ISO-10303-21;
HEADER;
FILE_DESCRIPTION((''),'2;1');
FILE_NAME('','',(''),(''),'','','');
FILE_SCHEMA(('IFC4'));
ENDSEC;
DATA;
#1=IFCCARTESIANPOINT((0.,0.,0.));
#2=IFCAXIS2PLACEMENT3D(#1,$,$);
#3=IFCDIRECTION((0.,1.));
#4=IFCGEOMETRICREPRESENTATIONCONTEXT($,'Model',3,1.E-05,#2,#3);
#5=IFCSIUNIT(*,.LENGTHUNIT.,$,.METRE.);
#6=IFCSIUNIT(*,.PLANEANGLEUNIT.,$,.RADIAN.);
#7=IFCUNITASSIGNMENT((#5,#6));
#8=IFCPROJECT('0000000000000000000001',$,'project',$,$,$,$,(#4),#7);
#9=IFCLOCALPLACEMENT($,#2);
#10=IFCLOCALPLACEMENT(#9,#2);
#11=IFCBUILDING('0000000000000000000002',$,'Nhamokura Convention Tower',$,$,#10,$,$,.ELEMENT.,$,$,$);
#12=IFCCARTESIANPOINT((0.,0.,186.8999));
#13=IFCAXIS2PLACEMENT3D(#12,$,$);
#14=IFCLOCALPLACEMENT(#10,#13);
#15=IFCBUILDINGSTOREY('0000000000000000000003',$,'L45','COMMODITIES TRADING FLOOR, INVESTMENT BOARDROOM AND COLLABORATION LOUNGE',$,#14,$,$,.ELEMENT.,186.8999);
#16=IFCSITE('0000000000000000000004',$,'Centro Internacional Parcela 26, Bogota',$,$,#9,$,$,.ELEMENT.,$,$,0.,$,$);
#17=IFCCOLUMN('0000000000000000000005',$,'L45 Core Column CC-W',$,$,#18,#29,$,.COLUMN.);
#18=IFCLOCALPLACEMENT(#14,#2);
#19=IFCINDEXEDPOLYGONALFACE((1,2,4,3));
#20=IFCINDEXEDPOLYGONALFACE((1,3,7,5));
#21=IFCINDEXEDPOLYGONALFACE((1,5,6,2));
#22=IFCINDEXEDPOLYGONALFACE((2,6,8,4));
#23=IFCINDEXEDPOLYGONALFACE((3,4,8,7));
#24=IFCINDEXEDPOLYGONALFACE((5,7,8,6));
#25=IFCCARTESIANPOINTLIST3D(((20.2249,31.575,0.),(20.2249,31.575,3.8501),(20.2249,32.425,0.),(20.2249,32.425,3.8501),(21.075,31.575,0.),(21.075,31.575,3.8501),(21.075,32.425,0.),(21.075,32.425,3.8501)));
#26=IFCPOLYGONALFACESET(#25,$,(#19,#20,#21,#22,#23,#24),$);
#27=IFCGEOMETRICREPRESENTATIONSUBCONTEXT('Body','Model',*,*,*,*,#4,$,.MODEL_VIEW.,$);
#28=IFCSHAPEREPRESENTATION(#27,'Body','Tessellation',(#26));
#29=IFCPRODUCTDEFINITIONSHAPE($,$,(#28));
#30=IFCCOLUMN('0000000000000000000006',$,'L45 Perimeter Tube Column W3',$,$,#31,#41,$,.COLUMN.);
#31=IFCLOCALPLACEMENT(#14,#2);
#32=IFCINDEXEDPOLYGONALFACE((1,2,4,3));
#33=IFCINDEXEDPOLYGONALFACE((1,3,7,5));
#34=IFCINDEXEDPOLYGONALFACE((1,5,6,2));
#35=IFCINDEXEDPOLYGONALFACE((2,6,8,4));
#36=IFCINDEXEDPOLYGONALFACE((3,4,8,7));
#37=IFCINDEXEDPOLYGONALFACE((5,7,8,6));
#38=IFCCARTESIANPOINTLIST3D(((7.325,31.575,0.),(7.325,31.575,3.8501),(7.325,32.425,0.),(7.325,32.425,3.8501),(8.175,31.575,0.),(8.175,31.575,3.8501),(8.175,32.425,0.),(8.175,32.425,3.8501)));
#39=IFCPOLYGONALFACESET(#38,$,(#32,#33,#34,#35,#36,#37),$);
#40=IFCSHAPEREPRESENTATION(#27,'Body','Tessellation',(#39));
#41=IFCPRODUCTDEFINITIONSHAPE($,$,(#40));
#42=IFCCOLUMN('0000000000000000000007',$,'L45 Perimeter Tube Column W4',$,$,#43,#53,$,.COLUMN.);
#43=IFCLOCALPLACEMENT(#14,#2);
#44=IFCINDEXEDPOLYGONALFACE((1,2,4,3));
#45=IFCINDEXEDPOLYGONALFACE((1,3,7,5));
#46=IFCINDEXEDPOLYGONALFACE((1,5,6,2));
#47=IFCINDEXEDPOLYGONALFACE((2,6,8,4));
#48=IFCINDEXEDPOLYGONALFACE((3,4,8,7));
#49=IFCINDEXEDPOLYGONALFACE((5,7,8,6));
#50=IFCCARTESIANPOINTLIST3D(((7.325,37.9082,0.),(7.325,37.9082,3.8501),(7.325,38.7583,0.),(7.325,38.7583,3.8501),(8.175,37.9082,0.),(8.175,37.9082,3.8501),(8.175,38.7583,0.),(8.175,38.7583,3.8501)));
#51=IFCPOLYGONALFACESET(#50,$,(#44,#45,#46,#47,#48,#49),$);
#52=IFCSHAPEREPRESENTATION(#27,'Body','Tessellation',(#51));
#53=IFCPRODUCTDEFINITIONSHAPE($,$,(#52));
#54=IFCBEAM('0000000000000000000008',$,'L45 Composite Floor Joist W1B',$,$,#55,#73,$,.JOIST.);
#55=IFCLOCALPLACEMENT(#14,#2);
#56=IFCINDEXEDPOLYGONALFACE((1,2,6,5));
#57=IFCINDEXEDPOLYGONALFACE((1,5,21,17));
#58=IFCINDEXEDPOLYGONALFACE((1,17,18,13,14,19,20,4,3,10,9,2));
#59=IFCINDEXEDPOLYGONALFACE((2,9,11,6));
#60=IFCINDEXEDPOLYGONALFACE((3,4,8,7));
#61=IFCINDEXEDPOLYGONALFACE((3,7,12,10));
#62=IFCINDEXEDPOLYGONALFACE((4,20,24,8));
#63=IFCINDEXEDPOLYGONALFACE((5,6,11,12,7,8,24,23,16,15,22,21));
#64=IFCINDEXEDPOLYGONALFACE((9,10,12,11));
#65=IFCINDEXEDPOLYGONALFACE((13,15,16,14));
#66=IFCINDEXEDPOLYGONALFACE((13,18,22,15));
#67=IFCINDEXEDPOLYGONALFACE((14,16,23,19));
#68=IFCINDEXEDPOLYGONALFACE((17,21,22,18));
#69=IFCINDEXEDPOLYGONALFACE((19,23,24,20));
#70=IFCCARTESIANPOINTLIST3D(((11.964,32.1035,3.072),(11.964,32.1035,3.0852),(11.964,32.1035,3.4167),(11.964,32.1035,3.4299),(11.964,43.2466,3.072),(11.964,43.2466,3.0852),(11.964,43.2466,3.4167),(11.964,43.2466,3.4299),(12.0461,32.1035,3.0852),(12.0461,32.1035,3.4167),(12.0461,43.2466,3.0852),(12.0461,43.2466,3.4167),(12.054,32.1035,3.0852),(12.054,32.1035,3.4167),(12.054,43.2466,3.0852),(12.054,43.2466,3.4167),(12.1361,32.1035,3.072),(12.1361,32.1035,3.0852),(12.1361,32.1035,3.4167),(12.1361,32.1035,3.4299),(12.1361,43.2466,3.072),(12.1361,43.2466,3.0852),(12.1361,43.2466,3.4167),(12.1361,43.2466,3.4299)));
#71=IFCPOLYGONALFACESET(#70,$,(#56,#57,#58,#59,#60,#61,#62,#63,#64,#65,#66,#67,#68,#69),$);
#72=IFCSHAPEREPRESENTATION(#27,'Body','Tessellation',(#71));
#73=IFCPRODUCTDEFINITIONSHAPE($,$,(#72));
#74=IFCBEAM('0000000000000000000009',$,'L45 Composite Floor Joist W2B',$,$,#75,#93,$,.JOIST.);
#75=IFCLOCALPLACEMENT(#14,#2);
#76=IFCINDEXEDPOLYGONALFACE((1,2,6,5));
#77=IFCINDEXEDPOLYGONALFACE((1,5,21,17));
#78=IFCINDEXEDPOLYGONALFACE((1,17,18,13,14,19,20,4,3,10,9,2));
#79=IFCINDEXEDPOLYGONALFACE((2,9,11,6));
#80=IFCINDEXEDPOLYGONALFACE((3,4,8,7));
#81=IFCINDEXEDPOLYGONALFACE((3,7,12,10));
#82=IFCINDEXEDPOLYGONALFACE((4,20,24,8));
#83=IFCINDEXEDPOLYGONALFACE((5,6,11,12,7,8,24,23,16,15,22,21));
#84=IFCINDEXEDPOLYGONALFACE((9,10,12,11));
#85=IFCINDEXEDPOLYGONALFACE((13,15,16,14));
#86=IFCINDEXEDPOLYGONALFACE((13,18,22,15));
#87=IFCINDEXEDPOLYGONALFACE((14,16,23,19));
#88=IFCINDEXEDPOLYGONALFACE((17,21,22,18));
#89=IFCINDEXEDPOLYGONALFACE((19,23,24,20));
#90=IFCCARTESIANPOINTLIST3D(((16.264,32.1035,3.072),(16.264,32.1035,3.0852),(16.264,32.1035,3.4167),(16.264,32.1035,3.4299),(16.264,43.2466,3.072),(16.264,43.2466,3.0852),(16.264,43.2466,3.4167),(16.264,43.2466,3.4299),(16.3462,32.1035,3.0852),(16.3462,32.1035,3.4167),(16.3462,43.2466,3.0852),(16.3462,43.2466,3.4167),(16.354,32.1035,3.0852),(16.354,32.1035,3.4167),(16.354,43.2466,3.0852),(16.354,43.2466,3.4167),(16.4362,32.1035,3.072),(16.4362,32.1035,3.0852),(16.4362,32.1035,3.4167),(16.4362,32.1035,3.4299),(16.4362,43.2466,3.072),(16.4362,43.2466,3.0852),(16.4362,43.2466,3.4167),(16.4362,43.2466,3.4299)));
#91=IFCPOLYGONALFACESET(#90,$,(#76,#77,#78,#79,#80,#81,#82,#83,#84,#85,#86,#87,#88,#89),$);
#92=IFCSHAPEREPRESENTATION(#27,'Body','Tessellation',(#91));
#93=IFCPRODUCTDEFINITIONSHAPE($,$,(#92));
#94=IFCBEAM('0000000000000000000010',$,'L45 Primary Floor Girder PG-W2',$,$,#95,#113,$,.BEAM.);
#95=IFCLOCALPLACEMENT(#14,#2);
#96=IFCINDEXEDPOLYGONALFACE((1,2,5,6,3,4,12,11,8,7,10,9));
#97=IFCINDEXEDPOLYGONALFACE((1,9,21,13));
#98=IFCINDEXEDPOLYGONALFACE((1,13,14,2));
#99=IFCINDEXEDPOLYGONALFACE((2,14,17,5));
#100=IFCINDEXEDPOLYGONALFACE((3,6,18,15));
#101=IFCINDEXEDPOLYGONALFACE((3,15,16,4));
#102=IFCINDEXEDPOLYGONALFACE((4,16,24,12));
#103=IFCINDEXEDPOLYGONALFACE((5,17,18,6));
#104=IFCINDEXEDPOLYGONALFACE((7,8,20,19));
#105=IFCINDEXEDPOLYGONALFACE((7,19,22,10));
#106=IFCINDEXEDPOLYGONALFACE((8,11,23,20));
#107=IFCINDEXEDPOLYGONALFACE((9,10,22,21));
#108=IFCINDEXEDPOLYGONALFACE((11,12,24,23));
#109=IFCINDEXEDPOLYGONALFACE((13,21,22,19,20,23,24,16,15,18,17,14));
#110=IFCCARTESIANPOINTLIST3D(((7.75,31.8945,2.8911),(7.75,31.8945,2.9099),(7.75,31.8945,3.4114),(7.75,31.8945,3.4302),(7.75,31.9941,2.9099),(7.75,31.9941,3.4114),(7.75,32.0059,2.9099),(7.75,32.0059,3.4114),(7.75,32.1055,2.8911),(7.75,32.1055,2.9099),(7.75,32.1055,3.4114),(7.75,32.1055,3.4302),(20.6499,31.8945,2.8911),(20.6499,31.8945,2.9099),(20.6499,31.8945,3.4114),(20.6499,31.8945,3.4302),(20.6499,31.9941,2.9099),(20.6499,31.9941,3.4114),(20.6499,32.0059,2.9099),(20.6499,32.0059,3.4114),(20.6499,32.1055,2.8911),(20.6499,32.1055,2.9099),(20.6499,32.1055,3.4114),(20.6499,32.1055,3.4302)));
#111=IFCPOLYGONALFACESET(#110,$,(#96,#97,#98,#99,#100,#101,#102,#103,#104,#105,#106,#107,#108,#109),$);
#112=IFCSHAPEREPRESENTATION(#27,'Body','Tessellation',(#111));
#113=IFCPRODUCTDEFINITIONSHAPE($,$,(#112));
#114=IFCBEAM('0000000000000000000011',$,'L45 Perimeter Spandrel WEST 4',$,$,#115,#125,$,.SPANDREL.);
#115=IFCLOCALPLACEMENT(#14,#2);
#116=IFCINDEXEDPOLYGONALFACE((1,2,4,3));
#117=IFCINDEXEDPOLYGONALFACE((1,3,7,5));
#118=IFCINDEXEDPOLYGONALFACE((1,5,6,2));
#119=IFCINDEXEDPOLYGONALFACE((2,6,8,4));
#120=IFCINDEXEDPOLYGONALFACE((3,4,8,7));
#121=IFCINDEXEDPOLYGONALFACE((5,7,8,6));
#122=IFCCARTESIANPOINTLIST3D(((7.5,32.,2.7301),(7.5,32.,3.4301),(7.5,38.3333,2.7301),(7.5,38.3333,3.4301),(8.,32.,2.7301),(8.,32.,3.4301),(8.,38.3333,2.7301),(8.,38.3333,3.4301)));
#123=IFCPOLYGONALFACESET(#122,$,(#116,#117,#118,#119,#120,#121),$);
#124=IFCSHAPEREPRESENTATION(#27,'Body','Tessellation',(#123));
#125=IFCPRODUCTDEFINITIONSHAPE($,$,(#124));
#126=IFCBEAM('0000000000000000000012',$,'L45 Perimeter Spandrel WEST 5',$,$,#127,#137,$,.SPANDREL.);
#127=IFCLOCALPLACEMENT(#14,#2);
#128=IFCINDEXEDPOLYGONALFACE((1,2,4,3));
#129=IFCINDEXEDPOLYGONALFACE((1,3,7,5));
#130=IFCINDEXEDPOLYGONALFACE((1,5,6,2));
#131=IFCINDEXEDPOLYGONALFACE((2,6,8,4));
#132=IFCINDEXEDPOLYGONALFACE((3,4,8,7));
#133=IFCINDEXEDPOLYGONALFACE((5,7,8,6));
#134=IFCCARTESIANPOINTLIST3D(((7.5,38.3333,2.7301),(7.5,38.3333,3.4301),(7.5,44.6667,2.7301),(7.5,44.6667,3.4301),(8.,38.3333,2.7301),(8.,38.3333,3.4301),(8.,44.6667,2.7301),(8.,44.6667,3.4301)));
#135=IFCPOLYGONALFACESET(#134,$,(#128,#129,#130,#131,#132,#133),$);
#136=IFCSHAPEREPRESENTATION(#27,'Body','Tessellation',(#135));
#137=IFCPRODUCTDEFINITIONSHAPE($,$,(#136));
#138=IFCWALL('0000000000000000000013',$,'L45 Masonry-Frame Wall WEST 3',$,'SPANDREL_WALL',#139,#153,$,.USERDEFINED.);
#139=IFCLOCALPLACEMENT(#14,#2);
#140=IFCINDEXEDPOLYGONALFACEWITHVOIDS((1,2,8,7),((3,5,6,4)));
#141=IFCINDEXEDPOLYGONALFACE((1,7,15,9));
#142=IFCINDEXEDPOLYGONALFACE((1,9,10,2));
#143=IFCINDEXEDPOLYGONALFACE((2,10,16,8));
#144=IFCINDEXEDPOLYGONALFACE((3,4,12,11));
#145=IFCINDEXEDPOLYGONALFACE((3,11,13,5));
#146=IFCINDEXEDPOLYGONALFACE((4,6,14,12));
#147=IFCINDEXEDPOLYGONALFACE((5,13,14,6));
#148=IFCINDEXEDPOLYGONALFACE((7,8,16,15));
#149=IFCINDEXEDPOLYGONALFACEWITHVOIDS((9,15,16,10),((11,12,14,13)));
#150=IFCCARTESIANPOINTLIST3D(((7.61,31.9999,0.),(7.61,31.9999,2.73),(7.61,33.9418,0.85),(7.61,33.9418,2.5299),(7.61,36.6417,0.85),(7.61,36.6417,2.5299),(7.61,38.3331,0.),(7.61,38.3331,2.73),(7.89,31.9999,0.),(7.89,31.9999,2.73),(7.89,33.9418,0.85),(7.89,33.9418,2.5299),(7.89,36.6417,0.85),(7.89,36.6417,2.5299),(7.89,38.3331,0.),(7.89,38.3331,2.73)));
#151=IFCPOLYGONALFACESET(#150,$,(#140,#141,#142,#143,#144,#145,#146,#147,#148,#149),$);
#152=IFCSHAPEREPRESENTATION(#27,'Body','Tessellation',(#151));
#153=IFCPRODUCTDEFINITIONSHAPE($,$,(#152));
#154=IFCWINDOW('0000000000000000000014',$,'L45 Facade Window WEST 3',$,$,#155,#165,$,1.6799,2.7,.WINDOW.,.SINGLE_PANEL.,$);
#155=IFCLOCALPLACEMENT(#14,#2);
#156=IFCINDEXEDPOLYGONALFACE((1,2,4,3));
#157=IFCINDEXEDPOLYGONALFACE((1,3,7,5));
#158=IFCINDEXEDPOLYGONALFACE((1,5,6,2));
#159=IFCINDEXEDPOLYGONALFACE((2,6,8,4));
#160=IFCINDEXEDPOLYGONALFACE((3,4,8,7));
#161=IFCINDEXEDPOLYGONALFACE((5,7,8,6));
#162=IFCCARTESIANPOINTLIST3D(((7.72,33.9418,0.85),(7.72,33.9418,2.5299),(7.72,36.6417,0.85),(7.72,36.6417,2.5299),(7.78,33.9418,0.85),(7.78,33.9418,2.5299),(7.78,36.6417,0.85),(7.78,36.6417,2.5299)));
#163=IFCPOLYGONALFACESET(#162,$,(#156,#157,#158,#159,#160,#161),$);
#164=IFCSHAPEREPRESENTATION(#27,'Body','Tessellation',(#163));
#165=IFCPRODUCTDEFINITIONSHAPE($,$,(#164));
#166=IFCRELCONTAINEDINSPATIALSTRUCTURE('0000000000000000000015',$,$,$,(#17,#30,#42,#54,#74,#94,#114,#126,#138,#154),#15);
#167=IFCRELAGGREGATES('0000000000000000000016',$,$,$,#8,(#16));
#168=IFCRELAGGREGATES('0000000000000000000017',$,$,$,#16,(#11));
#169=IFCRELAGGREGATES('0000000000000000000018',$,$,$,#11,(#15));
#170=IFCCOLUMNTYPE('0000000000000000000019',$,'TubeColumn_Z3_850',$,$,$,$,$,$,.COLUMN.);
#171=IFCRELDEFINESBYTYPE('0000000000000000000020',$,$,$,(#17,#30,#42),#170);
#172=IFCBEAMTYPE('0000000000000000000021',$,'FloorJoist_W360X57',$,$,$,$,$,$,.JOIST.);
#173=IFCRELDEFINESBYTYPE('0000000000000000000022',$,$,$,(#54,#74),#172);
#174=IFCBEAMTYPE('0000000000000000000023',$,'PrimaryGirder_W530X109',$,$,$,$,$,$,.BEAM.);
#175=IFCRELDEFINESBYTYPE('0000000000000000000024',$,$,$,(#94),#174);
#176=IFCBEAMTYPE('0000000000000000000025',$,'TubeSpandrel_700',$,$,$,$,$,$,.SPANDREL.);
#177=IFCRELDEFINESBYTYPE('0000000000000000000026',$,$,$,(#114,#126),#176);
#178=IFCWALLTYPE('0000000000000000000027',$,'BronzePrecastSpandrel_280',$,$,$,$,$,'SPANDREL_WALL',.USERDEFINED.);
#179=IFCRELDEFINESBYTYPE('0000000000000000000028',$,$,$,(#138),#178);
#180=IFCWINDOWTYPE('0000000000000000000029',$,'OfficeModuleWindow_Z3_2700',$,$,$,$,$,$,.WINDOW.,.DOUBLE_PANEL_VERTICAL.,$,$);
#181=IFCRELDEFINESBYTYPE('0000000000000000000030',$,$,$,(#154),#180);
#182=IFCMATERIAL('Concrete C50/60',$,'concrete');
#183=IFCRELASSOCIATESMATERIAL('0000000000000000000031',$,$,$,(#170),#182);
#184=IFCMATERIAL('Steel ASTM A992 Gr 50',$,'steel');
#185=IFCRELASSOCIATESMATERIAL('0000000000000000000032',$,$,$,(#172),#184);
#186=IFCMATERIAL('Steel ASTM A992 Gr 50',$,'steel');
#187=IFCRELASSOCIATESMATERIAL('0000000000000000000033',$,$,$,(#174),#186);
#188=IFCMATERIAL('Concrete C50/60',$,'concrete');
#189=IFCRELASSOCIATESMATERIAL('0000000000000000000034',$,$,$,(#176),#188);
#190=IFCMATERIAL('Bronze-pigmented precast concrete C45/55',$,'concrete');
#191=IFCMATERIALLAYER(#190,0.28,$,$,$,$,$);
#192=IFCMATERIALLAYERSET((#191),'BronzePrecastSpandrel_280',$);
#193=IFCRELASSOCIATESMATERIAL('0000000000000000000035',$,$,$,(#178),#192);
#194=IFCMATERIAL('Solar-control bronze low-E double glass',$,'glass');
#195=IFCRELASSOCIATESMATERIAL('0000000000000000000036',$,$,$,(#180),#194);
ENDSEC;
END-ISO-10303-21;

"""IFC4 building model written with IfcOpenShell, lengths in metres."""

from ifc_helpers import new_model, si_unit, direction, frame, frame_2d, origin, origin_2d, place, context, subcontext, project, spatial, rectangle, i_section, extrude, material, layer, layer_set, material_profile, profile_set, type_object, element, fill, save


model = new_model("IFC4")

# Units and contexts
model_context = context("Model", 3, precision=1e-05, world=origin(), true_north=direction((0.0, 1.0)))
body_context = subcontext(model_context, "Body", "Model", "MODEL_VIEW")
ifc_project = project(units=[si_unit("LENGTHUNIT", "METRE"), si_unit("PLANEANGLEUNIT", "RADIAN")], contexts=[model_context])

# Site, building, storey
site_placement = place(None, origin())
site = spatial("IfcSite", under=ifc_project, at=site_placement, Name="Centro Internacional Parcela 26, Bogota", CompositionType="ELEMENT", RefElevation=0.0)
building_placement = place(site_placement, origin())
building = spatial("IfcBuilding", under=site, at=building_placement, Name="Nhamokura Convention Tower", CompositionType="ELEMENT")
storey_placement = place(building_placement, frame((0.0, 0.0, 186.8999)))
storey = spatial("IfcBuildingStorey", under=building, at=storey_placement, Name="L45", Description="COMMODITIES TRADING FLOOR, INVESTMENT BOARDROOM AND COLLABORATION LOUNGE", CompositionType="ELEMENT", Elevation=186.8999)

# Columns
ifc_material_1 = material(Name="Concrete C50/60", Category="concrete")
ifc_material_profile_1 = material_profile(ifc_material_1, rectangle(XDim=0.8501, YDim=0.8501, at=origin_2d()))
ifc_profile_set_1 = profile_set([ifc_material_profile_1], Name="Concrete C50/60")
column_type = type_object("IfcColumnType", Name="TubeColumn_Z3_850", PredefinedType="COLUMN", material=ifc_profile_set_1)
for number, where, z_axis, x_axis, name in (
    (1, (20.6499, 32.0, 0.0), (0.0, 0.0, 1.0), (1.0, 0.0, 0.0), "L45 Core Column CC-W"),
    (2, (7.75, 32.0, 0.0), (0.0, 0.0, 1.0), (1.0, 0.0, 0.0), "L45 Perimeter Tube Column W3"),
    (3, (7.75, 38.3333, 0.0), (0.0, 0.0, 1.0), (1.0, 0.0, 0.0), "L45 Perimeter Tube Column W4"),
):
    element("IfcColumn", number, at=place(storey_placement, frame(where, z_axis=z_axis, x_axis=x_axis)), inside=storey, type_object=column_type, Name=name, PredefinedType="COLUMN", context=body_context, shape_type="SweptSolid", body=[
        extrude(rectangle(XDim=0.8501, YDim=0.8501, at=origin_2d()), origin(), (0.0, 0.0, 1.0), 3.8501),
    ])

# Beams
ifc_material_2 = material(Name="Steel ASTM A992 Gr 50", Category="steel")
ifc_material_profile_2 = material_profile(ifc_material_2, i_section(OverallWidth=0.1721, OverallDepth=0.3579, WebThickness=0.0078, FlangeThickness=0.0132, at=origin_2d()))
ifc_profile_set_2 = profile_set([ifc_material_profile_2], Name="Steel ASTM A992 Gr 50")
beam_type_1 = type_object("IfcBeamType", Name="FloorJoist_W360X57", PredefinedType="JOIST", material=ifc_profile_set_2)
for number, where, z_axis, x_axis, name in (
    (4, (12.05, 32.1035, 3.251), (0.0, 1.0, 0.0), (-1.0, 0.0, 0.0), "L45 Composite Floor Joist W1B"),
    (5, (16.3501, 32.1035, 3.251), (0.0, 1.0, 0.0), (-1.0, 0.0, 0.0), "L45 Composite Floor Joist W2B"),
):
    element("IfcBeam", number, at=place(storey_placement, frame(where, z_axis=z_axis, x_axis=x_axis)), inside=storey, type_object=beam_type_1, Name=name, PredefinedType="JOIST", context=body_context, shape_type="SweptSolid", body=[
        extrude(i_section(OverallWidth=0.1721, OverallDepth=0.3579, WebThickness=0.0078, FlangeThickness=0.0132, at=origin_2d()), origin(), (0.0, 0.0, 1.0), 11.1431),
    ])
ifc_material_3 = material(Name="Steel ASTM A992 Gr 50", Category="steel")
ifc_material_profile_3 = material_profile(ifc_material_3, i_section(OverallWidth=0.2109, OverallDepth=0.5391, WebThickness=0.0117, FlangeThickness=0.0188, at=origin_2d()))
ifc_profile_set_3 = profile_set([ifc_material_profile_3], Name="Steel ASTM A992 Gr 50")
beam_type_2 = type_object("IfcBeamType", Name="PrimaryGirder_W530X109", PredefinedType="BEAM", material=ifc_profile_set_3)
beam_1_placement = place(storey_placement, frame((7.75, 32.0, 3.1606), z_axis=(1.0, 0.0, 0.0), x_axis=(0.0, 1.0, 0.0)))
element("IfcBeam", 6, at=beam_1_placement, inside=storey, type_object=beam_type_2, Name="L45 Primary Floor Girder PG-W2", PredefinedType="BEAM", context=body_context, shape_type="SweptSolid", body=[
    extrude(i_section(OverallWidth=0.2109, OverallDepth=0.5391, WebThickness=0.0117, FlangeThickness=0.0188, at=origin_2d()), origin(), (0.0, 0.0, 1.0), 12.8999),
])
ifc_material_4 = material(Name="Concrete C50/60", Category="concrete")
ifc_material_profile_4 = material_profile(ifc_material_4, rectangle(XDim=0.5, YDim=0.7, at=origin_2d()))
ifc_profile_set_4 = profile_set([ifc_material_profile_4], Name="Concrete C50/60")
beam_type_3 = type_object("IfcBeamType", Name="TubeSpandrel_700", PredefinedType="SPANDREL", material=ifc_profile_set_4)
beam_2_placement = place(storey_placement, frame((7.75, 32.0, 3.0801), z_axis=(0.0, 1.0, 0.0), x_axis=(-1.0, 0.0, 0.0)))
element("IfcBeam", 7, at=beam_2_placement, inside=storey, type_object=beam_type_3, Name="L45 Perimeter Spandrel WEST 4", PredefinedType="SPANDREL", context=body_context, shape_type="SweptSolid", body=[
    extrude(rectangle(XDim=0.5, YDim=0.7, at=origin_2d()), origin(), (0.0, 0.0, 1.0), 6.3333),
])
beam_3_placement = place(storey_placement, frame((7.75, 38.3333, 3.0801), z_axis=(0.0, 1.0, 0.0), x_axis=(-1.0, 0.0, 0.0)))
element("IfcBeam", 8, at=beam_3_placement, inside=storey, type_object=beam_type_3, Name="L45 Perimeter Spandrel WEST 5", PredefinedType="SPANDREL", context=body_context, shape_type="SweptSolid", body=[
    extrude(rectangle(XDim=0.5, YDim=0.7, at=origin_2d()), origin(), (0.0, 0.0, 1.0), 6.3335),
])

# Wall, opening, window
ifc_material_5 = material(Name="Bronze-pigmented precast concrete C45/55", Category="concrete")
ifc_layer_1 = layer(ifc_material_5, 0.28)
ifc_layer_set_1 = layer_set([ifc_layer_1], Name="BronzePrecastSpandrel_280")
wall_type_1 = type_object("IfcWallType", Name="BronzePrecastSpandrel_280", ElementType="SPANDREL_WALL", PredefinedType="USERDEFINED", material=ifc_layer_set_1)
wall_1_placement = place(storey_placement, frame((7.75, 32.0, 0.0), z_axis=(0.0, 0.0, 1.0), x_axis=(0.0, 1.0, 0.0)))
wall_1 = element("IfcWall", 9, at=wall_1_placement, inside=storey, type_object=wall_type_1, Name="L45 Masonry-Frame Wall WEST 3", ObjectType="SPANDREL_WALL", PredefinedType="USERDEFINED", context=body_context, shape_type="SweptSolid", body=[
    extrude(rectangle(XDim=6.3333, YDim=0.28, at=frame_2d((3.1665, 0.0))), origin(), (0.0, 0.0, 1.0), 2.73),
])
opening_1_placement = place(wall_1_placement, frame((1.9417, 0.0, 0.8501)))
opening_1 = element("IfcOpeningElement", 10, at=opening_1_placement, cuts=wall_1, PredefinedType="OPENING", context=body_context, shape_type="SweptSolid", body=[
    extrude(rectangle(XDim=2.7, YDim=1.6799, at=frame_2d((1.3501, 0.8398))), frame((0.0, 0.1499, 0.0), z_axis=(0.0, -1.0, 0.0), x_axis=(1.0, 0.0, 0.0)), (0.0, 0.0, 1.0), 0.3),
])
ifc_material_6 = material(Name="Solar-control bronze low-E double glass", Category="glass")
window_type_1 = type_object("IfcWindowType", Name="OfficeModuleWindow_Z3_2700", PartitioningType="DOUBLE_PANEL_VERTICAL", PredefinedType="WINDOW", material=ifc_material_6)
window_1_placement = place(opening_1_placement, origin())
window_1 = element("IfcWindow", 11, at=window_1_placement, inside=storey, type_object=window_type_1, Name="L45 Facade Window WEST 3", OverallHeight=1.6799, OverallWidth=2.7, PartitioningType="SINGLE_PANEL", PredefinedType="WINDOW", context=body_context, shape_type="SweptSolid", body=[
    extrude(rectangle(XDim=2.7, YDim=1.6799, at=frame_2d((1.3501, 0.8398))), frame((0.0, 0.03, 0.0), z_axis=(0.0, -1.0, 0.0), x_axis=(1.0, 0.0, 0.0)), (0.0, 0.0, 1.0), 0.0601),
])
fill(opening_1, window_1)

save(model, "model.ifc")
